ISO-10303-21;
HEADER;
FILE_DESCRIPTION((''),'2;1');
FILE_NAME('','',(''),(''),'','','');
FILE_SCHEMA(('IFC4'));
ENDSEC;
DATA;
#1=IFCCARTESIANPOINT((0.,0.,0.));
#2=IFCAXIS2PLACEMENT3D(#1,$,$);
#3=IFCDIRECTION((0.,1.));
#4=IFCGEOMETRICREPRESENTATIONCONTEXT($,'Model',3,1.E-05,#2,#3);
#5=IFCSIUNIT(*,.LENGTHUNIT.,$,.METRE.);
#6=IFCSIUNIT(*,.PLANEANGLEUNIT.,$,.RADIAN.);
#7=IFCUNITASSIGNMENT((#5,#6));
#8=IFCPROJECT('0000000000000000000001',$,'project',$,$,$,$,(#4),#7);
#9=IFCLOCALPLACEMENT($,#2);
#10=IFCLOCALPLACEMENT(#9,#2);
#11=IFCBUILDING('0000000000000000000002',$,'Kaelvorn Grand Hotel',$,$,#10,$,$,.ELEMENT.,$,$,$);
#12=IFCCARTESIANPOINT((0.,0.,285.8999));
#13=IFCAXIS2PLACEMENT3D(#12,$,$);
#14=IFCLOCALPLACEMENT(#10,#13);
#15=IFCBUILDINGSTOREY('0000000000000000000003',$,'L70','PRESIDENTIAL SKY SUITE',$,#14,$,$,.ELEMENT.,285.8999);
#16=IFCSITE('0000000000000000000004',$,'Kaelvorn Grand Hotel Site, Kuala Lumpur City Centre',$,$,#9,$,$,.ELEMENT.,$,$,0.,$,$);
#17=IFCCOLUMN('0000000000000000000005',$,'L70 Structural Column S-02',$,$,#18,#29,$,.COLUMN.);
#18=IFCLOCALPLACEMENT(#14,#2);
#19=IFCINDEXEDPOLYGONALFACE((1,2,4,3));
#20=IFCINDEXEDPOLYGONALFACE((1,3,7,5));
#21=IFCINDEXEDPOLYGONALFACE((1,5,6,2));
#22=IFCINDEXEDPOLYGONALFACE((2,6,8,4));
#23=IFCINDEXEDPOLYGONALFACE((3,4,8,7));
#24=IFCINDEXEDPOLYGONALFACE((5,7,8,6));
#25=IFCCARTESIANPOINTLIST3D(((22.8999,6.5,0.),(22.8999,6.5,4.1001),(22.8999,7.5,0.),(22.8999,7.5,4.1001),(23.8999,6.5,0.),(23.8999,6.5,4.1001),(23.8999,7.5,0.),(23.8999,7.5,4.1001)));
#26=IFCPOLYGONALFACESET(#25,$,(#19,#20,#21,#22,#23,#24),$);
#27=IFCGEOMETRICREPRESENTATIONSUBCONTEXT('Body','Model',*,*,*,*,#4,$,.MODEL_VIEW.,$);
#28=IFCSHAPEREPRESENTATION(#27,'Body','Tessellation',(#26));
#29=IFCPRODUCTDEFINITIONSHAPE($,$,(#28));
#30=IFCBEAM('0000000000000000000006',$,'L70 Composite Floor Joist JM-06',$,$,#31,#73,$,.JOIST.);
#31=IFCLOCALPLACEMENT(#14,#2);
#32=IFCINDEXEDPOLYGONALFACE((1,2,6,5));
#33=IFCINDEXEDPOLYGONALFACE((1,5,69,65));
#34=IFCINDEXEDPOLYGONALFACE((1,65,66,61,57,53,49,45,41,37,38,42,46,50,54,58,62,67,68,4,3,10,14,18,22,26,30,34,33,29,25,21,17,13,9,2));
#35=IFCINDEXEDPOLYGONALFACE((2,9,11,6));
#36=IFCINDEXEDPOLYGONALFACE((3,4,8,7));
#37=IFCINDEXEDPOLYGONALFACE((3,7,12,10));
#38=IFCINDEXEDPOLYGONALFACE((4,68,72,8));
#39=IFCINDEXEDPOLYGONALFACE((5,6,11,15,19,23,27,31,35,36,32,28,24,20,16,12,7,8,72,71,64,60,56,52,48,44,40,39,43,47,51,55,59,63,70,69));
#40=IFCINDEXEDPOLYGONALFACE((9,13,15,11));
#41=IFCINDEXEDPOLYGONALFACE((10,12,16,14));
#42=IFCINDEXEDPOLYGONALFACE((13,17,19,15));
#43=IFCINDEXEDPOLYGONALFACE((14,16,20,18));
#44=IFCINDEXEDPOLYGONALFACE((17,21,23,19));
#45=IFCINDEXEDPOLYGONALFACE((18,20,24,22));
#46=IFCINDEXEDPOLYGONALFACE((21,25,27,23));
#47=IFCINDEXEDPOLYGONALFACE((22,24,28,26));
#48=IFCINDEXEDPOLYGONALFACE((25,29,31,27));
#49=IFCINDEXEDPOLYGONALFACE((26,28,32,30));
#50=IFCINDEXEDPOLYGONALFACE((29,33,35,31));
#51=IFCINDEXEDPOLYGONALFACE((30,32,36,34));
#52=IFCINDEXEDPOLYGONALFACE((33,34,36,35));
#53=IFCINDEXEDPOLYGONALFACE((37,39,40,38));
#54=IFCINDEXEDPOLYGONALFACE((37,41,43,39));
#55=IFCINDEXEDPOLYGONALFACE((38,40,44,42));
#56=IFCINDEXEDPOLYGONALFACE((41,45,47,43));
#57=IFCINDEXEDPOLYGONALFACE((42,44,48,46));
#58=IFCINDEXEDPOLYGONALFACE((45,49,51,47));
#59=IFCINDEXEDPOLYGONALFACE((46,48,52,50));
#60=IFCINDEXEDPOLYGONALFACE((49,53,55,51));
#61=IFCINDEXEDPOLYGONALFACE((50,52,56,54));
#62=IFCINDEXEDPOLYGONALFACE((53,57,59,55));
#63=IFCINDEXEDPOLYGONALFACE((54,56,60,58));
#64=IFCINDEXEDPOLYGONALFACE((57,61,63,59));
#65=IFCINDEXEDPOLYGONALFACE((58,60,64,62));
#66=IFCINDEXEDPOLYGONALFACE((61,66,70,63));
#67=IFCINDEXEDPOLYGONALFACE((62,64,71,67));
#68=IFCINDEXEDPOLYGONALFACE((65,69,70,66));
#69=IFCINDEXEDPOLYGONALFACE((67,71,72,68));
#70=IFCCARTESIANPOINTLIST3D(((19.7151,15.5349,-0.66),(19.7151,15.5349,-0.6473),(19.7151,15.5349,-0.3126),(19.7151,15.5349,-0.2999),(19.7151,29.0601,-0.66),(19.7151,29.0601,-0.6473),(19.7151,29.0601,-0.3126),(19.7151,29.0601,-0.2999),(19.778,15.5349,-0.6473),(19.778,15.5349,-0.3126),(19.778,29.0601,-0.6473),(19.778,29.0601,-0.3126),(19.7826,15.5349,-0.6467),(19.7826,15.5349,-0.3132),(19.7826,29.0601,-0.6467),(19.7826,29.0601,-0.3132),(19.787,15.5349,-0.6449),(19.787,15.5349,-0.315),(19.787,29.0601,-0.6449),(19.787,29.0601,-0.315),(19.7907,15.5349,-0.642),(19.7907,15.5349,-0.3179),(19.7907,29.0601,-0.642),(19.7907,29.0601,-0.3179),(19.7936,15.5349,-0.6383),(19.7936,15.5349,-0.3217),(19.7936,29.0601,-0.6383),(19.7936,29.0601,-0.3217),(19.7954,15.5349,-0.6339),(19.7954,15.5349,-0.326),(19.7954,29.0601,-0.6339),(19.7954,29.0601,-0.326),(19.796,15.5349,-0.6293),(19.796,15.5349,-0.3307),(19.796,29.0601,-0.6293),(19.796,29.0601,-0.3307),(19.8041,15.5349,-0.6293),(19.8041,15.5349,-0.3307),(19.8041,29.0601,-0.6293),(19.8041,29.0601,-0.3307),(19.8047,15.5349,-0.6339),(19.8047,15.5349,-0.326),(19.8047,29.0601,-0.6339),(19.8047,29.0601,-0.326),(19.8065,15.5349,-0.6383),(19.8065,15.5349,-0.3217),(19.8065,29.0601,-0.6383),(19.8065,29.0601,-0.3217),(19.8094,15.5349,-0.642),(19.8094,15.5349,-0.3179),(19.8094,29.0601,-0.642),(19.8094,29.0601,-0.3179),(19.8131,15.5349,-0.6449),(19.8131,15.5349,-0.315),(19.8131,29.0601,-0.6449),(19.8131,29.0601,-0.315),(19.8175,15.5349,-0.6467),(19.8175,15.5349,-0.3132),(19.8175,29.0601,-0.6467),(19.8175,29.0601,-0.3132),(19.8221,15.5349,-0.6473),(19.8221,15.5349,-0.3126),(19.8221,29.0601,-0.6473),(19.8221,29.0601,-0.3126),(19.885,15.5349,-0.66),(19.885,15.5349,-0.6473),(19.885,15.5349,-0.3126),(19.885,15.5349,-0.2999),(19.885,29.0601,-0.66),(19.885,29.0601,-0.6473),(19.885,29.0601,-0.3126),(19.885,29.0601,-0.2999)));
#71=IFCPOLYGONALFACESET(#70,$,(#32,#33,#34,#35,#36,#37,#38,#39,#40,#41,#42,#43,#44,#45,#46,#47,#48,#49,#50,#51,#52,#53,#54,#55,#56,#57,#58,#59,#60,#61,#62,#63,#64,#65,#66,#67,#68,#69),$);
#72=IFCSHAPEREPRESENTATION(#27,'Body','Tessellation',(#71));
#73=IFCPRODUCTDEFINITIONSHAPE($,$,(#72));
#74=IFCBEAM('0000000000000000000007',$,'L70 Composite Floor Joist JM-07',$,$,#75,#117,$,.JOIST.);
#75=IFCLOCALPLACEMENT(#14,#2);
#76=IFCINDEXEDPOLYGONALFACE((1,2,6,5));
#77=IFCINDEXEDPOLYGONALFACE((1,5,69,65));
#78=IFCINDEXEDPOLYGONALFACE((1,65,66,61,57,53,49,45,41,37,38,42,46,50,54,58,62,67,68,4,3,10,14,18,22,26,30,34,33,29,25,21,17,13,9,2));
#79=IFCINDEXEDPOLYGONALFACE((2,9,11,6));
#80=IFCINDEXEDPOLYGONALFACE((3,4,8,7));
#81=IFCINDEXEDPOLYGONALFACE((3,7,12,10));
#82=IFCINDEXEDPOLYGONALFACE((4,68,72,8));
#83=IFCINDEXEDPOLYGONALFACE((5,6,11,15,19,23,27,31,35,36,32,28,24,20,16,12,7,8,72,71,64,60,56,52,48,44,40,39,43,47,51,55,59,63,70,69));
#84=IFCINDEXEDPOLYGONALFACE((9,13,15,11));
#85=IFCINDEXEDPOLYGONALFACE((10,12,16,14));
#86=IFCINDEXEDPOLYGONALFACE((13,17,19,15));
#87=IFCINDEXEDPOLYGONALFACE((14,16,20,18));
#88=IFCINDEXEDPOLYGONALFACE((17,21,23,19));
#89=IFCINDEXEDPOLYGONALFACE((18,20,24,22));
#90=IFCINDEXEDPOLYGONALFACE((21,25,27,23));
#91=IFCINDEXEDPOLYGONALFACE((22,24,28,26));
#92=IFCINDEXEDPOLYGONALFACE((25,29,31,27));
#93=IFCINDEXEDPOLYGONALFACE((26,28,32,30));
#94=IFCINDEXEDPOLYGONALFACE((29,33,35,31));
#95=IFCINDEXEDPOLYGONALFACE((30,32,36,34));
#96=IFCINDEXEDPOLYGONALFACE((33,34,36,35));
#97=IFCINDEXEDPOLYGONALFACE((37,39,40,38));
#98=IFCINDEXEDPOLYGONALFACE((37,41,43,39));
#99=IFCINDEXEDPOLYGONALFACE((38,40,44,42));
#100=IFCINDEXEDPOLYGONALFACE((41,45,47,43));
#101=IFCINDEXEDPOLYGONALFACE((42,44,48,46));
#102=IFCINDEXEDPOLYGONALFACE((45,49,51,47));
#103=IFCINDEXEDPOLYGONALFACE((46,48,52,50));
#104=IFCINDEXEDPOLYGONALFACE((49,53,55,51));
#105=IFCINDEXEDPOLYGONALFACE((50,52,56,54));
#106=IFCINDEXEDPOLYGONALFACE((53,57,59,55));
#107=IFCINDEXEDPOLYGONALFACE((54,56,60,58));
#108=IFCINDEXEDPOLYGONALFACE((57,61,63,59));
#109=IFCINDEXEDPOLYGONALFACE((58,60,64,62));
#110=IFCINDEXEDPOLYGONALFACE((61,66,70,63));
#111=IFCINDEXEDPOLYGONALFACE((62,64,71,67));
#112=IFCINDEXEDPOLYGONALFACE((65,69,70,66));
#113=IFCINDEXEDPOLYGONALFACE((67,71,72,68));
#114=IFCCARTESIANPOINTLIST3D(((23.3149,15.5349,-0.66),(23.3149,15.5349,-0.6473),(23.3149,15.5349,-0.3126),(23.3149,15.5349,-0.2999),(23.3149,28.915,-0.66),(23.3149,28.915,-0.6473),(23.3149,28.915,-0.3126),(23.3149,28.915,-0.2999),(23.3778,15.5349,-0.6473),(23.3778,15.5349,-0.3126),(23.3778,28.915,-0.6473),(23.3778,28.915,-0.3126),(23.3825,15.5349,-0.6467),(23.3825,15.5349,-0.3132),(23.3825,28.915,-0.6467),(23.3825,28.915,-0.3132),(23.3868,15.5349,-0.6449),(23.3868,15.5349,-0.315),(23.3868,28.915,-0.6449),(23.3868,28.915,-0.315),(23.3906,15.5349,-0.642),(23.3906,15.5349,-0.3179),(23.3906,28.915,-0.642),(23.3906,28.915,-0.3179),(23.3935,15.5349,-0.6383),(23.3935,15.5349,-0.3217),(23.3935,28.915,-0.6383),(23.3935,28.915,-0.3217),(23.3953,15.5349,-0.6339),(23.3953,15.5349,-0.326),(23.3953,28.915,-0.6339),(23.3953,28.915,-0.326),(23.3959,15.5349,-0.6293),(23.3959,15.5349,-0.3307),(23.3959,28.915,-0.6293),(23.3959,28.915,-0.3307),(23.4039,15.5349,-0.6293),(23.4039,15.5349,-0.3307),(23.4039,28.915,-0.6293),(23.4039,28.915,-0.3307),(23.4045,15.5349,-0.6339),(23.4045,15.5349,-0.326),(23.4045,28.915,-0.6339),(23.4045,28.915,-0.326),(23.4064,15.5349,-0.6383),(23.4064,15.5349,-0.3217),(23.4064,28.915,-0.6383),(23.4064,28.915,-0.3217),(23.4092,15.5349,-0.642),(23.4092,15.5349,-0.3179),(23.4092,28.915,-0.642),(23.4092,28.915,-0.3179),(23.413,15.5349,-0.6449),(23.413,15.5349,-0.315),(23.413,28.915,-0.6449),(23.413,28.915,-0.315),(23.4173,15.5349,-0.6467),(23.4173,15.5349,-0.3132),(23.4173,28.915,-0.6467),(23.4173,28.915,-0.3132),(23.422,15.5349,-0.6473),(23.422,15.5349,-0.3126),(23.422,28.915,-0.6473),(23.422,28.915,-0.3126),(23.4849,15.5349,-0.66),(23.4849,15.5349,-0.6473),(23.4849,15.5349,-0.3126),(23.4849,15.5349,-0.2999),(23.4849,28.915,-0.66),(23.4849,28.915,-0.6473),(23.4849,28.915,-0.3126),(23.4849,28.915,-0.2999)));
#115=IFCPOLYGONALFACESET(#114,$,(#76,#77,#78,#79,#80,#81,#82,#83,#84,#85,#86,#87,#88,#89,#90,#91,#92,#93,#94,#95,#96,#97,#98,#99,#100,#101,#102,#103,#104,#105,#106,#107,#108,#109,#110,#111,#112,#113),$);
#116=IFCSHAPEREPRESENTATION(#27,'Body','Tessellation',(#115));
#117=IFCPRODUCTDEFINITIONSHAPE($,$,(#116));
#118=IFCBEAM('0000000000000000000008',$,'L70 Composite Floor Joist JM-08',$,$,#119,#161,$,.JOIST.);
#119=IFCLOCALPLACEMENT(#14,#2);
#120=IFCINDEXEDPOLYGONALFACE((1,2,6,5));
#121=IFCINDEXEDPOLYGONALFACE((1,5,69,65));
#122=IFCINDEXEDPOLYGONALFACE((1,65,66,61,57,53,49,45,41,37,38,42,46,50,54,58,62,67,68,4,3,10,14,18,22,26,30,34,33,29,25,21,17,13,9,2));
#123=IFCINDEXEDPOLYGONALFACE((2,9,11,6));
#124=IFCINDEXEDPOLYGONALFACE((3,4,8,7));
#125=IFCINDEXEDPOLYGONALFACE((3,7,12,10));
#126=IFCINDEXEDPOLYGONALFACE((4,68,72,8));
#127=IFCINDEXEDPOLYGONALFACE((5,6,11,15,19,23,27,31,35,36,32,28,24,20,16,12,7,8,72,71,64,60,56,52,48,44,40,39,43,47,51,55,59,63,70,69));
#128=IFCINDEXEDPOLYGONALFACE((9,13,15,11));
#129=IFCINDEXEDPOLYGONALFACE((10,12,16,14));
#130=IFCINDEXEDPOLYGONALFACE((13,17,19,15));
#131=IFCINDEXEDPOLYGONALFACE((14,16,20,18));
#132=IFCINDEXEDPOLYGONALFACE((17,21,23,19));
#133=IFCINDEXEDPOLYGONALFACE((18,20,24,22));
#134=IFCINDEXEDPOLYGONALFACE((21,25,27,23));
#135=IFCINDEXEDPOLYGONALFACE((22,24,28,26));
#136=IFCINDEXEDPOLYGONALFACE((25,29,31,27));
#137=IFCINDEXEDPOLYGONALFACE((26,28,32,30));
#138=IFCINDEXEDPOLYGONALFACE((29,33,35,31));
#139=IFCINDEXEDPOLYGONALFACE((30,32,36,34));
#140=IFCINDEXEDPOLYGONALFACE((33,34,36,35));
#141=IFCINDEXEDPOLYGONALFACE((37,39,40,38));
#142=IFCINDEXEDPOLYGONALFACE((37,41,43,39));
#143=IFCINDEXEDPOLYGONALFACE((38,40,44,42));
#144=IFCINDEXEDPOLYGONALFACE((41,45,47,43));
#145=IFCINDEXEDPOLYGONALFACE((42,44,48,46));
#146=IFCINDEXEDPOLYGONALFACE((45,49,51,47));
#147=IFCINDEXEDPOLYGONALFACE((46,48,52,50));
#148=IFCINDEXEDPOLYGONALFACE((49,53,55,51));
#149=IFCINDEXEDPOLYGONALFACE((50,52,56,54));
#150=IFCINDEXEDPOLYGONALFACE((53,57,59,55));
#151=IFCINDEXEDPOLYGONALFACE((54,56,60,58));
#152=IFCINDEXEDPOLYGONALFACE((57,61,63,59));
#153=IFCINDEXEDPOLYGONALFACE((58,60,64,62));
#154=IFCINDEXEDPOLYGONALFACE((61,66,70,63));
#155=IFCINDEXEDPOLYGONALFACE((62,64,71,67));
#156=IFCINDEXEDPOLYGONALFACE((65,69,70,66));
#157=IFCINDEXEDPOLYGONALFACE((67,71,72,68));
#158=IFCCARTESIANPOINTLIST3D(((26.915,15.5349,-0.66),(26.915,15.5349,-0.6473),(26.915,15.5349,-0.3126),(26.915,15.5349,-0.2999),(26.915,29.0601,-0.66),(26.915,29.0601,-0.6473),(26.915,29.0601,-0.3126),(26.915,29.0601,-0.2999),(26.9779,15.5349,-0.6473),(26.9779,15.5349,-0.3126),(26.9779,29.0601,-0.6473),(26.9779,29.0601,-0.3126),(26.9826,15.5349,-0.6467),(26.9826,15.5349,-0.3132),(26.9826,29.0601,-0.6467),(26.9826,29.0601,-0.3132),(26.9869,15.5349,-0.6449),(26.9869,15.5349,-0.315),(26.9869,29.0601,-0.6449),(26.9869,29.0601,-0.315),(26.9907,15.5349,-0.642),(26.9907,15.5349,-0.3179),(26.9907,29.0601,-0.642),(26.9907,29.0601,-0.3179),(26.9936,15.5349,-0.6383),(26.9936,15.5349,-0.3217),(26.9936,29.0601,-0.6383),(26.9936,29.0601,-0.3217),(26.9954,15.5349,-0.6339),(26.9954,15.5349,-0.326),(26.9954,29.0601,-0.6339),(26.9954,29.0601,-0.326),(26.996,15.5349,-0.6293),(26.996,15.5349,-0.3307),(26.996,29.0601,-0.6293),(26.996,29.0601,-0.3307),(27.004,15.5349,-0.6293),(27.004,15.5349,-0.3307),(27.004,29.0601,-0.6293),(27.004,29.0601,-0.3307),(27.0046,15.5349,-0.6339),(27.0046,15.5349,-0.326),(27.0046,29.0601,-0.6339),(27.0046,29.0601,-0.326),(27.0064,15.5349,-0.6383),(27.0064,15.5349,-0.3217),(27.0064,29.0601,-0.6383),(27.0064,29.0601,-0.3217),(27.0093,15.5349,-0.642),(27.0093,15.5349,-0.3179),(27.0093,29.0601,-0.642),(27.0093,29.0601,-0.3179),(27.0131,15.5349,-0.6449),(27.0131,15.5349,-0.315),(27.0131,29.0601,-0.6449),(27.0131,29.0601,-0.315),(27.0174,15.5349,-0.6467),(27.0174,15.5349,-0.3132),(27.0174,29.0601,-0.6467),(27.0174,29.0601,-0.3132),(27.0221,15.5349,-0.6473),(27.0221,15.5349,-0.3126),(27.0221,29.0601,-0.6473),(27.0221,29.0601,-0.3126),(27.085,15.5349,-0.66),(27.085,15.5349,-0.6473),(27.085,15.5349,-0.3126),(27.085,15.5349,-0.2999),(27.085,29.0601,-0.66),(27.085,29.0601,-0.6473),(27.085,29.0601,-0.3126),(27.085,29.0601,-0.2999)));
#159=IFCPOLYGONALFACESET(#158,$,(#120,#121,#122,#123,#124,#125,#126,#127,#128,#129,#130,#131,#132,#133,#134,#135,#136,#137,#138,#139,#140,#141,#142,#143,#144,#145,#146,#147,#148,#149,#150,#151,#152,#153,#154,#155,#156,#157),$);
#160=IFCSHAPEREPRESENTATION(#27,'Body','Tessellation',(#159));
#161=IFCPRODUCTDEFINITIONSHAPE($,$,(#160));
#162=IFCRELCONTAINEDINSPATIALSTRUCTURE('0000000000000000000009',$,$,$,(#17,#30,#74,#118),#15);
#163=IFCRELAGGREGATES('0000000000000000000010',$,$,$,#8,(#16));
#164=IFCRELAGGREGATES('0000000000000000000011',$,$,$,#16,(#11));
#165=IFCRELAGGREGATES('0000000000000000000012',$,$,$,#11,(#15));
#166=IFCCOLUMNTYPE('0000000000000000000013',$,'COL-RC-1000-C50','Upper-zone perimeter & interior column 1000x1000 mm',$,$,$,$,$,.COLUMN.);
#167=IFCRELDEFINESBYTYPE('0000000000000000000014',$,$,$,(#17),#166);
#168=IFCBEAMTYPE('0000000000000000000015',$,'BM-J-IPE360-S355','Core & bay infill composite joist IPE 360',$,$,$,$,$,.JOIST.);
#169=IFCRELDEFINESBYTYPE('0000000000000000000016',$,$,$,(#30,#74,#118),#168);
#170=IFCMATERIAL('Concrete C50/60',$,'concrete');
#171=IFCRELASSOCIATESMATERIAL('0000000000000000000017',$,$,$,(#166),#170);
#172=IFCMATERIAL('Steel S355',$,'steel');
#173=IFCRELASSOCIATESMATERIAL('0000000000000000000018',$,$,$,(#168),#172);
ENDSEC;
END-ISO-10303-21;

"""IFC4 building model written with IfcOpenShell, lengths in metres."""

from ifc_helpers import new_model, si_unit, direction, frame, origin, origin_2d, place, context, subcontext, project, spatial, rectangle, i_section, extrude, material, material_profile, profile_set, type_object, element, save


model = new_model("IFC4")

# Units and contexts
model_context = context("Model", 3, precision=1e-05, world=origin(), true_north=direction((0.0, 1.0)))
body_context = subcontext(model_context, "Body", "Model", "MODEL_VIEW")
ifc_project = project(units=[si_unit("LENGTHUNIT", "METRE"), si_unit("PLANEANGLEUNIT", "RADIAN")], contexts=[model_context])

# Site, building, storey
site_placement = place(None, origin())
site = spatial("IfcSite", under=ifc_project, at=site_placement, Name="Kaelvorn Grand Hotel Site, Kuala Lumpur City Centre", CompositionType="ELEMENT", RefElevation=0.0)
building_placement = place(site_placement, origin())
building = spatial("IfcBuilding", under=site, at=building_placement, Name="Kaelvorn Grand Hotel", CompositionType="ELEMENT")
storey_placement = place(building_placement, frame((0.0, 0.0, 285.8999)))
storey = spatial("IfcBuildingStorey", under=building, at=storey_placement, Name="L70", Description="PRESIDENTIAL SKY SUITE", CompositionType="ELEMENT", Elevation=285.8999)

# Column
ifc_material_1 = material(Name="Concrete C50/60", Category="concrete")
ifc_material_profile_1 = material_profile(ifc_material_1, rectangle(XDim=1.0, YDim=1.0, at=origin_2d()), Name="RC COL 1000x1000")
ifc_profile_set_1 = profile_set([ifc_material_profile_1], Name="Concrete C50/60")
column_type = type_object("IfcColumnType", Name="COL-RC-1000-C50", Description="Upper-zone perimeter & interior column 1000x1000 mm", PredefinedType="COLUMN", material=ifc_profile_set_1)
column_placement = place(storey_placement, frame((23.3999, 7.0, 0.0), z_axis=(0.0, 0.0, 1.0), x_axis=(1.0, 0.0, 0.0)))
element("IfcColumn", 1, at=column_placement, inside=storey, type_object=column_type, Name="L70 Structural Column S-02", PredefinedType="COLUMN", context=body_context, shape_type="SweptSolid", body=[
    extrude(rectangle(XDim=1.0, YDim=1.0, at=origin_2d()), origin(), (0.0, 0.0, 1.0), 4.1001),
])

# Beams
ifc_material_2 = material(Name="Steel S355", Category="steel")
ifc_material_profile_2 = material_profile(ifc_material_2, i_section(OverallWidth=0.1699, OverallDepth=0.3601, WebThickness=0.0081, FlangeThickness=0.0127, FilletRadius=0.0181, at=origin_2d()), Name="IPE 360")
ifc_profile_set_2 = profile_set([ifc_material_profile_2], Name="Steel S355")
beam_type_1 = type_object("IfcBeamType", Name="BM-J-IPE360-S355", Description="Core & bay infill composite joist IPE 360", PredefinedType="JOIST", material=ifc_profile_set_2)
beam_1_placement = place(storey_placement, frame((19.8, 15.5349, -0.48), z_axis=(0.0, 1.0, 0.0), x_axis=(-1.0, 0.0, 0.0)))
element("IfcBeam", 2, at=beam_1_placement, inside=storey, type_object=beam_type_1, Name="L70 Composite Floor Joist JM-06", PredefinedType="JOIST", context=body_context, shape_type="SweptSolid", body=[
    extrude(i_section(OverallWidth=0.1699, OverallDepth=0.3601, WebThickness=0.0081, FlangeThickness=0.0127, FilletRadius=0.0181, at=origin_2d()), origin(), (0.0, 0.0, 1.0), 13.5251),
])
beam_2_placement = place(storey_placement, frame((23.3999, 15.5349, -0.48), z_axis=(0.0, 1.0, 0.0), x_axis=(-1.0, 0.0, 0.0)))
element("IfcBeam", 3, at=beam_2_placement, inside=storey, type_object=beam_type_1, Name="L70 Composite Floor Joist JM-07", PredefinedType="JOIST", context=body_context, shape_type="SweptSolid", body=[
    extrude(i_section(OverallWidth=0.1699, OverallDepth=0.3601, WebThickness=0.0081, FlangeThickness=0.0127, FilletRadius=0.0181, at=origin_2d()), origin(), (0.0, 0.0, 1.0), 13.3801),
])
beam_3_placement = place(storey_placement, frame((27.0, 15.5349, -0.48), z_axis=(0.0, 1.0, 0.0), x_axis=(-1.0, 0.0, 0.0)))
element("IfcBeam", 4, at=beam_3_placement, inside=storey, type_object=beam_type_1, Name="L70 Composite Floor Joist JM-08", PredefinedType="JOIST", context=body_context, shape_type="SweptSolid", body=[
    extrude(i_section(OverallWidth=0.1699, OverallDepth=0.3601, WebThickness=0.0081, FlangeThickness=0.0127, FilletRadius=0.0181, at=origin_2d()), origin(), (0.0, 0.0, 1.0), 13.5251),
])

save(model, "model.ifc")
